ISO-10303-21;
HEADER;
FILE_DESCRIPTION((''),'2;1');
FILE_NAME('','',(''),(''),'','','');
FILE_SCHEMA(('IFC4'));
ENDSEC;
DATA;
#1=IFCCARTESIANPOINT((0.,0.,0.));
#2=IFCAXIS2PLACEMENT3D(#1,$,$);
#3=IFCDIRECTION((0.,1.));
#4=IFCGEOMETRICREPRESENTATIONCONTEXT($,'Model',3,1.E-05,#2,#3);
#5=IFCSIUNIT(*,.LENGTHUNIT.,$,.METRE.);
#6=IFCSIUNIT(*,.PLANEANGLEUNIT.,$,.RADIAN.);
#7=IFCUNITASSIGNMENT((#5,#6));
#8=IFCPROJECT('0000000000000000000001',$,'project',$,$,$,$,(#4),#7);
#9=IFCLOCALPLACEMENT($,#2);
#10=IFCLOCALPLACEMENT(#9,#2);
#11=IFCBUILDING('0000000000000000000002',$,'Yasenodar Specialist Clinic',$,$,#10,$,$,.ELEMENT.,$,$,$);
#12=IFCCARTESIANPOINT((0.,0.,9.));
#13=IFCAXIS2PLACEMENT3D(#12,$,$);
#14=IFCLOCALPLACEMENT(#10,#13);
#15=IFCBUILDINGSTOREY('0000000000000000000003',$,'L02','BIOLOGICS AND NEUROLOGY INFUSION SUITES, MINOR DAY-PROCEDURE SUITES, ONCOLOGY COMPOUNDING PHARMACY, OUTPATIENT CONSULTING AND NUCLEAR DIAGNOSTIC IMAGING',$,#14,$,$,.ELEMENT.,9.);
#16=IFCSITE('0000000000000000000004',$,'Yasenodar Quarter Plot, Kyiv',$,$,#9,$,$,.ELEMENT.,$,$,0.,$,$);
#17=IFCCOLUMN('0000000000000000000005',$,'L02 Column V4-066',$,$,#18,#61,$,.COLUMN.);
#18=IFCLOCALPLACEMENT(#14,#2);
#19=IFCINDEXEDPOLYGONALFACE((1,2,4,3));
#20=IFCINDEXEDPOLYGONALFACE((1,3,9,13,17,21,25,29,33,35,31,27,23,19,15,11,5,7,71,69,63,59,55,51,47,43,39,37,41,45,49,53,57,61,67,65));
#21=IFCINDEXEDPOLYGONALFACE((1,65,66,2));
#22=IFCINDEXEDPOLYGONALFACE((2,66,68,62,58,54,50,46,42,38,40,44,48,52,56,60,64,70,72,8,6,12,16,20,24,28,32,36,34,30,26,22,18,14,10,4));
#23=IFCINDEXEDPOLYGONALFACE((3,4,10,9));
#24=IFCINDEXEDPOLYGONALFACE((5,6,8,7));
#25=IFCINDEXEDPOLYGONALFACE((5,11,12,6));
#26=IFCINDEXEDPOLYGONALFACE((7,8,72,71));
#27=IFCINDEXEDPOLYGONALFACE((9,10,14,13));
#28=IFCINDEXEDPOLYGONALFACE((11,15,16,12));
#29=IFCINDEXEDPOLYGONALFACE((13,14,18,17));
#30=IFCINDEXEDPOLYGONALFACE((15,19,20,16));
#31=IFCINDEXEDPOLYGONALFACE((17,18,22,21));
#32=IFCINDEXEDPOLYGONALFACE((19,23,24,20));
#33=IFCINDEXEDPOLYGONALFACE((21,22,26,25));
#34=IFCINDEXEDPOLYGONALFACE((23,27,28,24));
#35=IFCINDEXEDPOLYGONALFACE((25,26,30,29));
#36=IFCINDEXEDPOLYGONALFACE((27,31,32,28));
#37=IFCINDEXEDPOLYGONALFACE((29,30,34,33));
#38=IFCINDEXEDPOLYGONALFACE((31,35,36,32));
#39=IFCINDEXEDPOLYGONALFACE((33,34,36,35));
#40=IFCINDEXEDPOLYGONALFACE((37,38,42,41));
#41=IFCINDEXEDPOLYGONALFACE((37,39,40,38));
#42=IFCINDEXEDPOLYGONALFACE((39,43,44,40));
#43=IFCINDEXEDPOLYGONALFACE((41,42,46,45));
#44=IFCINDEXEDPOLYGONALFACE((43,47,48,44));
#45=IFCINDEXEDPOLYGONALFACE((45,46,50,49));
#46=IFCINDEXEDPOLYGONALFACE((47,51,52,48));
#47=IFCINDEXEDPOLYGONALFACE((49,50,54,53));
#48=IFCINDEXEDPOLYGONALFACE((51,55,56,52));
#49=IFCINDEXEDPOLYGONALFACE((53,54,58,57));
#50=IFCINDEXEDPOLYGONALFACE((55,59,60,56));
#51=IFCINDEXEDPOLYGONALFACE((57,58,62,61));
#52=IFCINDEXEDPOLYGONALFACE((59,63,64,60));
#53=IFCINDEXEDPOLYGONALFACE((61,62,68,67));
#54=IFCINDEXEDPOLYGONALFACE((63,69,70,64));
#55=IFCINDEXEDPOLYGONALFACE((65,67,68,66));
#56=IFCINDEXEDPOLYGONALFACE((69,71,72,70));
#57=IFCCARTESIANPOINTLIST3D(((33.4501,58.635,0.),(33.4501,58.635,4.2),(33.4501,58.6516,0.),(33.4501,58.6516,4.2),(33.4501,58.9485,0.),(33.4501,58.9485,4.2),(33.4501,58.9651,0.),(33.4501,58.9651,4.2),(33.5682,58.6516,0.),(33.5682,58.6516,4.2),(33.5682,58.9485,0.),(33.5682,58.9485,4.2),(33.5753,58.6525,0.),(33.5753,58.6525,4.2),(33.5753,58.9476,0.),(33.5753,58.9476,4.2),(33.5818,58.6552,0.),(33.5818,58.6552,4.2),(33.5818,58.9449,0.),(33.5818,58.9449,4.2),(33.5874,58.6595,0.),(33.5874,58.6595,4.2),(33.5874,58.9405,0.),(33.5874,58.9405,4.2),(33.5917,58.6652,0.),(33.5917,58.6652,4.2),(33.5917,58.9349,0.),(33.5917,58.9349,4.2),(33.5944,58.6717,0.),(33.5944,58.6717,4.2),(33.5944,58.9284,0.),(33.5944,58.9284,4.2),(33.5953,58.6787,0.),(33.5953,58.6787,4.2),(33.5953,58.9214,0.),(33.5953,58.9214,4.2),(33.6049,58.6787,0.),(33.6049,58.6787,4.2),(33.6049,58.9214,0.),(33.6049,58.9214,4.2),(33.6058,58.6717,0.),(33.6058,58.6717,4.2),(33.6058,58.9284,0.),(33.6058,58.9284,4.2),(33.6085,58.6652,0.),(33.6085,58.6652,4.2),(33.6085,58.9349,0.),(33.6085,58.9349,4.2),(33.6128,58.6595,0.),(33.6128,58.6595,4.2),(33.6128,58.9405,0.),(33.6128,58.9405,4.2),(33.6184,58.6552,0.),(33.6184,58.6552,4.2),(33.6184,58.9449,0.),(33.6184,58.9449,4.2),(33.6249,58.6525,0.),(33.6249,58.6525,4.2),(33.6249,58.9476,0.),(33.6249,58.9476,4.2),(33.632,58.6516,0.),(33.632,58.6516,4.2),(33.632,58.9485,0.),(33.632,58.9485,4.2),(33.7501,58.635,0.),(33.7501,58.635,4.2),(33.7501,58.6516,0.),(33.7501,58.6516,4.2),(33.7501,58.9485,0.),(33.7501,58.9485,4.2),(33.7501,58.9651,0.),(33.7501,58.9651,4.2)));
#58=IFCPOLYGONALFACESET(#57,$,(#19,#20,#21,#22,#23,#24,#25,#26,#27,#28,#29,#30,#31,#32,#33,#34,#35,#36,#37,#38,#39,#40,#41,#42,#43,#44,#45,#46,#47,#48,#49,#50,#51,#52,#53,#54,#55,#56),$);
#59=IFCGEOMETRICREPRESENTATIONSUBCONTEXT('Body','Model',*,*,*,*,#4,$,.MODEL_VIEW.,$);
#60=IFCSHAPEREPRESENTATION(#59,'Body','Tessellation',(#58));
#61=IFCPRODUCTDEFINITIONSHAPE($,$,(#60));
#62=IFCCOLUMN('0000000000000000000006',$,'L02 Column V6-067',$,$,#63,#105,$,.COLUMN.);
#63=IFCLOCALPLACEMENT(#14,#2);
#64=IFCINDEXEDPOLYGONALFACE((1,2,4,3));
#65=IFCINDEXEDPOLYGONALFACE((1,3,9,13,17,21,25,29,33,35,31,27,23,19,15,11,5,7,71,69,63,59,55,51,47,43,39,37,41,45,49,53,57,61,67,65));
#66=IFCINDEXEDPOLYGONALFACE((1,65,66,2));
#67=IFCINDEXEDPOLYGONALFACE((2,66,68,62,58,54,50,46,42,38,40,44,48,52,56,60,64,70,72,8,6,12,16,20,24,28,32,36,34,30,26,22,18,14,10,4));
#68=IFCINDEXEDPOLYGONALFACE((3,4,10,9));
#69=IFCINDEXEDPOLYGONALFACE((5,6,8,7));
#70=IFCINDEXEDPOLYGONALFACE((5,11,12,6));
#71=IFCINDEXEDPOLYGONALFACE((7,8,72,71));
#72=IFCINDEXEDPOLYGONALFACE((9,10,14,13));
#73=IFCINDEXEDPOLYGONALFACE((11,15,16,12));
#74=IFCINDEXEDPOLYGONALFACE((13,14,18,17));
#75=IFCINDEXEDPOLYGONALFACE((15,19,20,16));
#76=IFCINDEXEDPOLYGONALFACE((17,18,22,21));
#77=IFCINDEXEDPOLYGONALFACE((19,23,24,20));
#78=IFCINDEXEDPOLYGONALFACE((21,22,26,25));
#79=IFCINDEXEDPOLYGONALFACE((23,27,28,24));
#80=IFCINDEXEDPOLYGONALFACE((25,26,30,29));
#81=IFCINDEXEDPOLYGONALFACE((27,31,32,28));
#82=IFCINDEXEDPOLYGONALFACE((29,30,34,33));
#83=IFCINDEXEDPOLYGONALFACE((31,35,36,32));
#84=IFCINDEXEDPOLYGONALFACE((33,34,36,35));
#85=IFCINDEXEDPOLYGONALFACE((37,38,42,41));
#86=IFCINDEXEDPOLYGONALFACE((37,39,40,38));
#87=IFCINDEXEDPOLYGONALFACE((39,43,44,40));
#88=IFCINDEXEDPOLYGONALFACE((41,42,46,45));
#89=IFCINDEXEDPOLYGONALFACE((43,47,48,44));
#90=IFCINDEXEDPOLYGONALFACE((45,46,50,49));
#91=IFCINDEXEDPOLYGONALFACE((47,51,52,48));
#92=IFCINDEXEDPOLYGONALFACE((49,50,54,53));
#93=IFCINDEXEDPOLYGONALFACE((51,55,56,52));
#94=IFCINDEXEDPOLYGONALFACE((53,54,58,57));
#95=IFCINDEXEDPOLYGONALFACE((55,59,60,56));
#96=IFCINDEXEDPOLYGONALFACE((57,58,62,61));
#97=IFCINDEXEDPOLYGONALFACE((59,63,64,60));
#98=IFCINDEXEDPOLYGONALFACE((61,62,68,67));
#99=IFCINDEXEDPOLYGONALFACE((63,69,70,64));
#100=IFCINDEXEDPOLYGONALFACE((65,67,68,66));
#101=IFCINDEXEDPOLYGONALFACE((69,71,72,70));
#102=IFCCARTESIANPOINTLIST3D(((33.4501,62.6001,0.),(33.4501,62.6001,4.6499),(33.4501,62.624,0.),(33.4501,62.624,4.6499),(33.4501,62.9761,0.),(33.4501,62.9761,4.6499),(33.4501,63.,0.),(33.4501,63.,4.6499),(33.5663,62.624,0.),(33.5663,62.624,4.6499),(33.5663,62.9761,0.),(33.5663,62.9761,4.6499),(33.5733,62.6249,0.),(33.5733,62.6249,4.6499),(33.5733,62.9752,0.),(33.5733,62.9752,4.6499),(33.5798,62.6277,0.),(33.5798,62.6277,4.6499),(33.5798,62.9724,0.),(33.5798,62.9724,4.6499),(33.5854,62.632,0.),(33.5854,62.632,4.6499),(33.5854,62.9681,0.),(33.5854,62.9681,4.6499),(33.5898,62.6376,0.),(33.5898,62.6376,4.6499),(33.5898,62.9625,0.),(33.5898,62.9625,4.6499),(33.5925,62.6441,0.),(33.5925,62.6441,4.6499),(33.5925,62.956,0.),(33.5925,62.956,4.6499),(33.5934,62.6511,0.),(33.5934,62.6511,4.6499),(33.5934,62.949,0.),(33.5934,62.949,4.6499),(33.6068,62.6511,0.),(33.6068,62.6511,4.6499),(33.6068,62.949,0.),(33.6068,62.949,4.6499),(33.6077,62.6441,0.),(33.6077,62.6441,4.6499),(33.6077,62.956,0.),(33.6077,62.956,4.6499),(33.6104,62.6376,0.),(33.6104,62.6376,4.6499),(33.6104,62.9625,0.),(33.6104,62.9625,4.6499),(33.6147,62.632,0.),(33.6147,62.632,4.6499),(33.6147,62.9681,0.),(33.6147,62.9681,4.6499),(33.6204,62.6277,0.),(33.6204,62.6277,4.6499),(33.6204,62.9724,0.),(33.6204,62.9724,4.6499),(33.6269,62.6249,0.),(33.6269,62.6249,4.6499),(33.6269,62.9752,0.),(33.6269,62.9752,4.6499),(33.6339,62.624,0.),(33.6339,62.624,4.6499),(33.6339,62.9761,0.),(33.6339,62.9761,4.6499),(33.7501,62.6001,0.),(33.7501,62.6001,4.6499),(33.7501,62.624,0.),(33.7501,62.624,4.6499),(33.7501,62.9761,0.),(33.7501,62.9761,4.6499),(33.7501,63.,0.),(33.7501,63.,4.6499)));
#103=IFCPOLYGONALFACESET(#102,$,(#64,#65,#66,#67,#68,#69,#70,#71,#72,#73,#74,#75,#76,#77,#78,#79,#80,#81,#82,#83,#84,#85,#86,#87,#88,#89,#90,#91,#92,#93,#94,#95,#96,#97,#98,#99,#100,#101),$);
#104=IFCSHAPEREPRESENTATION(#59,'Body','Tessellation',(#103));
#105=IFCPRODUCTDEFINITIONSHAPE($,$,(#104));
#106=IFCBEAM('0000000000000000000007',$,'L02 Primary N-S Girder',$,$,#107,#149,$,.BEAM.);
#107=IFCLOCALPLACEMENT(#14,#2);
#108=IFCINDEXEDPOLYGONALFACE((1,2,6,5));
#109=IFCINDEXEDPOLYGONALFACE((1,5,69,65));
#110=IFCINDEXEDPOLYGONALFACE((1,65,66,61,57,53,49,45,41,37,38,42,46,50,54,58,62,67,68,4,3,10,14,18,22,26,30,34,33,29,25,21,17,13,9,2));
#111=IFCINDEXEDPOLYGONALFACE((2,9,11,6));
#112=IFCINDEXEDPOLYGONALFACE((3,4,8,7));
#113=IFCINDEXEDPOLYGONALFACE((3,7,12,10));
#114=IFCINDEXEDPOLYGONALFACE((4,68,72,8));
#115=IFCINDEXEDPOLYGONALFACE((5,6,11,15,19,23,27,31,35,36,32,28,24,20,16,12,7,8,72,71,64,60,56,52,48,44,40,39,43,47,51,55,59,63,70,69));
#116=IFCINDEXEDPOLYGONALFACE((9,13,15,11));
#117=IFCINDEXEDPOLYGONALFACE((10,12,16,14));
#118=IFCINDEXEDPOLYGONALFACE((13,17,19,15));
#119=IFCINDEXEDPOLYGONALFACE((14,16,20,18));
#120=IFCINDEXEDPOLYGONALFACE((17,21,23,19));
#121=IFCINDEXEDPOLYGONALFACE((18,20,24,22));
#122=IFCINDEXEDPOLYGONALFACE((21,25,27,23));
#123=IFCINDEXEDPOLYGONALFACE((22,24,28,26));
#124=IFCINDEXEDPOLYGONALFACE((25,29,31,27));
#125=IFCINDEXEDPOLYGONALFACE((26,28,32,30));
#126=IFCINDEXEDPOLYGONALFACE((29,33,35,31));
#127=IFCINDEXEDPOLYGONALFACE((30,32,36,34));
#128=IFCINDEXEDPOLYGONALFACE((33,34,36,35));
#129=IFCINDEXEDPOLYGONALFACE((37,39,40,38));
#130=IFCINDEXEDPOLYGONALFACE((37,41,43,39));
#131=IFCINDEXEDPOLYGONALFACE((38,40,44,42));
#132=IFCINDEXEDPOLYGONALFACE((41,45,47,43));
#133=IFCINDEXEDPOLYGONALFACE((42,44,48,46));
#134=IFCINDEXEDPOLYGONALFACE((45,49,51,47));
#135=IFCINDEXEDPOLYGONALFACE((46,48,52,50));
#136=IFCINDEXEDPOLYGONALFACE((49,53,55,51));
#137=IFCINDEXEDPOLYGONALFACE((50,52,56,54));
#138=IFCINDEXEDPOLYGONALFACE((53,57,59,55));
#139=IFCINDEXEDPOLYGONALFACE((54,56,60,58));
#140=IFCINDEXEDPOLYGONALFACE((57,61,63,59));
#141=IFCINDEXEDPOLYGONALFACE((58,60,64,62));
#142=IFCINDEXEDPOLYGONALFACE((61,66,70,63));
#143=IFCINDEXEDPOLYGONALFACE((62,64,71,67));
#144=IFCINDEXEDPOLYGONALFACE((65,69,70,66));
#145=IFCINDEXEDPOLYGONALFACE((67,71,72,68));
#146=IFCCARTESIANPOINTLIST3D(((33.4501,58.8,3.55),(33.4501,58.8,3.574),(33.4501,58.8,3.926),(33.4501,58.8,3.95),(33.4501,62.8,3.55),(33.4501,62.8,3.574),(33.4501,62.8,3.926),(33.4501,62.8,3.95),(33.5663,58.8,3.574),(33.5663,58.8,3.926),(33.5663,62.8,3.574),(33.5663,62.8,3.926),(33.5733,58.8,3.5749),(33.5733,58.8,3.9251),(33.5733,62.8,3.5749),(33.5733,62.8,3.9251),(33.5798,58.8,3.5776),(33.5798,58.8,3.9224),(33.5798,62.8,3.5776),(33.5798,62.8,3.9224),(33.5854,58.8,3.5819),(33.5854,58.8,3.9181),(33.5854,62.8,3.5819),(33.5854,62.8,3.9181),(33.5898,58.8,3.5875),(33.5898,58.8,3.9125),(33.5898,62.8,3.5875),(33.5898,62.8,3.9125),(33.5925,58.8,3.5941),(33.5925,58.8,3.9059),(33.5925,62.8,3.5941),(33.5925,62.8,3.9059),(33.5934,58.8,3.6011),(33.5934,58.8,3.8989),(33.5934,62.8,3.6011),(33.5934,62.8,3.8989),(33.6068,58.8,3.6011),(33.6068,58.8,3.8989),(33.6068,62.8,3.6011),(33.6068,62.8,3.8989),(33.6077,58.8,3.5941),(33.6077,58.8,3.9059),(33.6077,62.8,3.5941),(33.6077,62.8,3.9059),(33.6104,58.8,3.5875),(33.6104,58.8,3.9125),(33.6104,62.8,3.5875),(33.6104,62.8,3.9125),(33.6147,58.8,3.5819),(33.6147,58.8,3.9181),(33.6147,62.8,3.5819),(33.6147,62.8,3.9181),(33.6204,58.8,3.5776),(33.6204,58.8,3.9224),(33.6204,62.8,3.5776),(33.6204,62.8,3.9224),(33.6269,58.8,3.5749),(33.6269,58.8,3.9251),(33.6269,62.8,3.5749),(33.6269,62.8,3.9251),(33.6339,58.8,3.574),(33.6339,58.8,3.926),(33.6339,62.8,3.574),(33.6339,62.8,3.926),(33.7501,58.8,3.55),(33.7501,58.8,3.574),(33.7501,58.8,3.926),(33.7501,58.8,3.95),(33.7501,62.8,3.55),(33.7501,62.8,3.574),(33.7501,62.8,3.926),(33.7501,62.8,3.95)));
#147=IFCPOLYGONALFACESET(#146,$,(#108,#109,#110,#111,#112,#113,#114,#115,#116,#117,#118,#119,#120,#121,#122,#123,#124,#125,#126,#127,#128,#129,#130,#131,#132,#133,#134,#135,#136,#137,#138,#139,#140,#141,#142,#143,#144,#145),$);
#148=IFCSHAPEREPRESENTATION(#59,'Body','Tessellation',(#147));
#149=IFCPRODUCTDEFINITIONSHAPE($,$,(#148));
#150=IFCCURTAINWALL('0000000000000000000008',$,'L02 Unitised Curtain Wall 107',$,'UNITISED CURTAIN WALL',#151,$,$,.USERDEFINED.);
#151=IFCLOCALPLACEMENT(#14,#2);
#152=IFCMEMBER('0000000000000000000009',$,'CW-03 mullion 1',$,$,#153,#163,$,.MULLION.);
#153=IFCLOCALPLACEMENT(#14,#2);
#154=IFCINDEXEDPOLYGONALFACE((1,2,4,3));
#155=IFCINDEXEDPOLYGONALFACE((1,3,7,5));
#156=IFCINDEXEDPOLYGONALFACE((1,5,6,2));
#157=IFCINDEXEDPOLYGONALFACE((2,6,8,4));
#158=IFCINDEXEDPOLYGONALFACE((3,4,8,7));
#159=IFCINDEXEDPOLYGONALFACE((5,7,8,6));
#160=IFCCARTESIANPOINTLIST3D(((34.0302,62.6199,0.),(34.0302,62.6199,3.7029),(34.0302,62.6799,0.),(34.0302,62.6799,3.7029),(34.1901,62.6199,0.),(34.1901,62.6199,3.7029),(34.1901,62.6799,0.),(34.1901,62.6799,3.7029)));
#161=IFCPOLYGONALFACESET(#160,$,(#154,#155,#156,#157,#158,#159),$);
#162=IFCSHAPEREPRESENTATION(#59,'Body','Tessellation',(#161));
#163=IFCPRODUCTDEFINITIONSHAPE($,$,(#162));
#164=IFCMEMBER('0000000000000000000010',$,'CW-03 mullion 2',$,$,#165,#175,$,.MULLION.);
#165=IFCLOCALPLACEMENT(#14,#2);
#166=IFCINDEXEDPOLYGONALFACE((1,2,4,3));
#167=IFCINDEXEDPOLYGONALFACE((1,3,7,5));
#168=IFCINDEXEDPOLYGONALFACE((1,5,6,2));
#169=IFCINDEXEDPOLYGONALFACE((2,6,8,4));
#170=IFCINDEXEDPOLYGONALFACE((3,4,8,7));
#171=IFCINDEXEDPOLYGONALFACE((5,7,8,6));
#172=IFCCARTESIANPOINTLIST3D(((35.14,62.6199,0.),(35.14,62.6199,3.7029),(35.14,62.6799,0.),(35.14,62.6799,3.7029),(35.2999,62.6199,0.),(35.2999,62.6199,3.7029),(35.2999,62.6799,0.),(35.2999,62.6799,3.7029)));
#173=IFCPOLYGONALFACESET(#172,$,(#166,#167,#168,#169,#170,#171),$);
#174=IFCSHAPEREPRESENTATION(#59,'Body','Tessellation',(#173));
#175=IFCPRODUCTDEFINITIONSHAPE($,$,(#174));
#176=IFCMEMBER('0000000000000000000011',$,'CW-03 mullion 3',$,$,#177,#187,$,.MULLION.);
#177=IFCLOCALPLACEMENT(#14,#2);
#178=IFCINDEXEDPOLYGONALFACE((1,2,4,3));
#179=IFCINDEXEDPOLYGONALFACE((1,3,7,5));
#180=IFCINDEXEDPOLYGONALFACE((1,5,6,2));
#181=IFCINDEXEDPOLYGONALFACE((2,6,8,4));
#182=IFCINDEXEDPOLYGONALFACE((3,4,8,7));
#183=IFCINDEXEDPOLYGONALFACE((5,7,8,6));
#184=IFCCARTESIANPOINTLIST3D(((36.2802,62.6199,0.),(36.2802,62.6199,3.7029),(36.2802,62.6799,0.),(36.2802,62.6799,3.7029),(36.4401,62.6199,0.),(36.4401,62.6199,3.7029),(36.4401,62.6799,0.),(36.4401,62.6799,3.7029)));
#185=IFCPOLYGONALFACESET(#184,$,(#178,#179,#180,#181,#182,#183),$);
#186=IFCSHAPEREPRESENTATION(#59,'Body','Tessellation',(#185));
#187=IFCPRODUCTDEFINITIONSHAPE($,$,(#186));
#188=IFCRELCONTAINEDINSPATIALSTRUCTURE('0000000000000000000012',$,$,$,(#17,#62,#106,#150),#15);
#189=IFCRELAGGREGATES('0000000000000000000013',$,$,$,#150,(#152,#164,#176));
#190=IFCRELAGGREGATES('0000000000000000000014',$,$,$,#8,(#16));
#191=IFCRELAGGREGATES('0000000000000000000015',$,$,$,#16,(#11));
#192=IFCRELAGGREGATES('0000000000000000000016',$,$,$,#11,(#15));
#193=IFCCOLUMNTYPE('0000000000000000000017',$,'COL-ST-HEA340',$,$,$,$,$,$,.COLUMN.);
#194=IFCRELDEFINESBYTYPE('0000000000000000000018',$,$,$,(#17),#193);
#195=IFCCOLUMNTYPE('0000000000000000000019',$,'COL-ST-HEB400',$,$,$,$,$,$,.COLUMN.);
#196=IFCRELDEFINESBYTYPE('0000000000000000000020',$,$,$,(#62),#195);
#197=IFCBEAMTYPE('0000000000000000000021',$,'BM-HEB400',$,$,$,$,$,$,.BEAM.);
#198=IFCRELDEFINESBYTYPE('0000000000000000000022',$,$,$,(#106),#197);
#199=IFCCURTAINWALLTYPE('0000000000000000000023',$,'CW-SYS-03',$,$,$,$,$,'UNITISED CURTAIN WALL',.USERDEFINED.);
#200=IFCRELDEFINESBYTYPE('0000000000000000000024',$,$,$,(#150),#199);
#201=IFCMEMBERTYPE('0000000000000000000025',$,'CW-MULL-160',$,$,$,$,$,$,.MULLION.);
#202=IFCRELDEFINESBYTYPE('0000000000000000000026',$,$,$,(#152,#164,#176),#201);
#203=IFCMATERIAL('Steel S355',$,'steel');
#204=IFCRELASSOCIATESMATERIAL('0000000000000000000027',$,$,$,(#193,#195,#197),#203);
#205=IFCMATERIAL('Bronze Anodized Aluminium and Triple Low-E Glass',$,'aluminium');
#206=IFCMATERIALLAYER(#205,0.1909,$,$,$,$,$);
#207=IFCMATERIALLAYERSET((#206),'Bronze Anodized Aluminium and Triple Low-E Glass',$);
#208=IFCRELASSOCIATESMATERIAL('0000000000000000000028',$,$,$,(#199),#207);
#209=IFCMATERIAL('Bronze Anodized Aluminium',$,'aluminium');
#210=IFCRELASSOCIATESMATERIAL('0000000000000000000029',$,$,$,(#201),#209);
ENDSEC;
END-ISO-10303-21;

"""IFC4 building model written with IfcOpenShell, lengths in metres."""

from ifc_helpers import new_model, si_unit, direction, frame, origin, origin_2d, place, context, subcontext, project, spatial, rectangle, i_section, extrude, material, layer, layer_set, material_profile, profile_set, type_object, element, aggregate, save


model = new_model("IFC4")

# Units and contexts
model_context = context("Model", 3, precision=1e-05, world=origin(), true_north=direction((0.0, 1.0)))
body_context = subcontext(model_context, "Body", "Model", "MODEL_VIEW")
ifc_project = project(units=[si_unit("LENGTHUNIT", "METRE"), si_unit("PLANEANGLEUNIT", "RADIAN")], contexts=[model_context])

# Site, building, storey
site_placement = place(None, origin())
site = spatial("IfcSite", under=ifc_project, at=site_placement, Name="Yasenodar Quarter Plot, Kyiv", CompositionType="ELEMENT", RefElevation=0.0)
building_placement = place(site_placement, origin())
building = spatial("IfcBuilding", under=site, at=building_placement, Name="Yasenodar Specialist Clinic", CompositionType="ELEMENT")
storey_placement = place(building_placement, frame((0.0, 0.0, 9.0)))
storey = spatial("IfcBuildingStorey", under=building, at=storey_placement, Name="L02", Description="BIOLOGICS AND NEUROLOGY INFUSION SUITES, MINOR DAY-PROCEDURE SUITES, ONCOLOGY COMPOUNDING PHARMACY, OUTPATIENT CONSULTING AND NUCLEAR DIAGNOSTIC IMAGING", CompositionType="ELEMENT", Elevation=9.0)

# Columns
ifc_material_1 = material(Name="Steel S355", Category="steel")
ifc_material_profile_1 = material_profile(ifc_material_1, i_section(OverallWidth=0.3, OverallDepth=0.3301, WebThickness=0.0095, FlangeThickness=0.0166, FilletRadius=0.0271, at=origin_2d()), Name="HEA 340")
ifc_profile_set_1 = profile_set([ifc_material_profile_1], Name="Steel S355")
column_type_1 = type_object("IfcColumnType", Name="COL-ST-HEA340", PredefinedType="COLUMN", material=ifc_profile_set_1)
column_1_placement = place(storey_placement, frame((33.6001, 58.8, 0.0), z_axis=(0.0, 0.0, 1.0), x_axis=(1.0, 0.0, 0.0)))
element("IfcColumn", 1, at=column_1_placement, inside=storey, type_object=column_type_1, Name="L02 Column V4-066", PredefinedType="COLUMN", context=body_context, shape_type="SweptSolid", body=[
    extrude(i_section(OverallWidth=0.3, OverallDepth=0.3301, WebThickness=0.0095, FlangeThickness=0.0166, FilletRadius=0.0271, at=origin_2d()), origin(), (0.0, 0.0, 1.0), 4.2),
])
ifc_material_profile_2 = material_profile(ifc_material_1, i_section(OverallWidth=0.3, OverallDepth=0.3999, WebThickness=0.0134, FlangeThickness=0.0239, FilletRadius=0.0271, at=origin_2d()), Name="HEB 400")
ifc_profile_set_2 = profile_set([ifc_material_profile_2], Name="Steel S355")
column_type_2 = type_object("IfcColumnType", Name="COL-ST-HEB400", PredefinedType="COLUMN", material=ifc_profile_set_2)
column_2_placement = place(storey_placement, frame((33.6001, 62.8, 0.0), z_axis=(0.0, 0.0, 1.0), x_axis=(1.0, 0.0, 0.0)))
element("IfcColumn", 2, at=column_2_placement, inside=storey, type_object=column_type_2, Name="L02 Column V6-067", PredefinedType="COLUMN", context=body_context, shape_type="SweptSolid", body=[
    extrude(i_section(OverallWidth=0.3, OverallDepth=0.3999, WebThickness=0.0134, FlangeThickness=0.0239, FilletRadius=0.0271, at=origin_2d()), origin(), (0.0, 0.0, 1.0), 4.6499),
])

# Beam
ifc_material_profile_3 = material_profile(ifc_material_1, i_section(OverallWidth=0.3, OverallDepth=0.3999, WebThickness=0.0134, FlangeThickness=0.0239, FilletRadius=0.0271, at=origin_2d()), Name="HEB 400")
ifc_profile_set_3 = profile_set([ifc_material_profile_3], Name="Steel S355")
beam_type = type_object("IfcBeamType", Name="BM-HEB400", PredefinedType="BEAM", material=ifc_profile_set_3)
beam_placement = place(storey_placement, frame((33.6001, 58.8, 3.75), z_axis=(0.0, 1.0, 0.0), x_axis=(-1.0, 0.0, 0.0)))
element("IfcBeam", 3, at=beam_placement, inside=storey, type_object=beam_type, Name="L02 Primary N-S Girder", PredefinedType="BEAM", context=body_context, shape_type="SweptSolid", body=[
    extrude(i_section(OverallWidth=0.3, OverallDepth=0.3999, WebThickness=0.0134, FlangeThickness=0.0239, FilletRadius=0.0271, at=origin_2d()), origin(), (0.0, 0.0, 1.0), 4.0),
])

# Curtain wall, members
ifc_material_2 = material(Name="Bronze Anodized Aluminium and Triple Low-E Glass", Category="aluminium")
ifc_layer_1 = layer(ifc_material_2, 0.1909)
ifc_layer_set_1 = layer_set([ifc_layer_1], Name="Bronze Anodized Aluminium and Triple Low-E Glass")
curtain_wall_type = type_object("IfcCurtainWallType", Name="CW-SYS-03", ElementType="UNITISED CURTAIN WALL", PredefinedType="USERDEFINED", material=ifc_layer_set_1)
curtain_wall_placement = place(storey_placement, origin())
curtain_wall = element("IfcCurtainWall", 4, at=curtain_wall_placement, inside=storey, type_object=curtain_wall_type, Name="L02 Unitised Curtain Wall 107", ObjectType="UNITISED CURTAIN WALL", PredefinedType="USERDEFINED")
ifc_material_3 = material(Name="Bronze Anodized Aluminium", Category="aluminium")
ifc_material_profile_4 = material_profile(ifc_material_3, rectangle(XDim=0.0601, YDim=0.1599, at=origin_2d()), Name="CW-MULL 60x160")
ifc_profile_set_4 = profile_set([ifc_material_profile_4], Name="Bronze Anodized Aluminium")
member_type_1 = type_object("IfcMemberType", Name="CW-MULL-160", PredefinedType="MULLION", material=ifc_profile_set_4)
member_1_placement = place(storey_placement, frame((34.1101, 62.6499, 0.0), z_axis=(0.0, 0.0, 1.0), x_axis=(0.0, 1.0, 0.0)))
member_1 = element("IfcMember", 5, at=member_1_placement, type_object=member_type_1, Name="CW-03 mullion 1", PredefinedType="MULLION", context=body_context, shape_type="SweptSolid", body=[
    extrude(rectangle(XDim=0.0601, YDim=0.1599, at=origin_2d()), origin(), (0.0, 0.0, 1.0), 3.7029),
])
member_2_placement = place(storey_placement, frame((35.22, 62.6499, 0.0), z_axis=(0.0, 0.0, 1.0), x_axis=(0.0, 1.0, 0.0)))
member_2 = element("IfcMember", 6, at=member_2_placement, type_object=member_type_1, Name="CW-03 mullion 2", PredefinedType="MULLION", context=body_context, shape_type="SweptSolid", body=[
    extrude(rectangle(XDim=0.0601, YDim=0.1599, at=origin_2d()), origin(), (0.0, 0.0, 1.0), 3.7029),
])
member_3_placement = place(storey_placement, frame((36.3601, 62.6499, 0.0), z_axis=(0.0, 0.0, 1.0), x_axis=(0.0, 1.0, 0.0)))
member_3 = element("IfcMember", 7, at=member_3_placement, type_object=member_type_1, Name="CW-03 mullion 3", PredefinedType="MULLION", context=body_context, shape_type="SweptSolid", body=[
    extrude(rectangle(XDim=0.0601, YDim=0.1599, at=origin_2d()), origin(), (0.0, 0.0, 1.0), 3.7029),
])
aggregate(curtain_wall, [member_1, member_2, member_3])

save(model, "model.ifc")
